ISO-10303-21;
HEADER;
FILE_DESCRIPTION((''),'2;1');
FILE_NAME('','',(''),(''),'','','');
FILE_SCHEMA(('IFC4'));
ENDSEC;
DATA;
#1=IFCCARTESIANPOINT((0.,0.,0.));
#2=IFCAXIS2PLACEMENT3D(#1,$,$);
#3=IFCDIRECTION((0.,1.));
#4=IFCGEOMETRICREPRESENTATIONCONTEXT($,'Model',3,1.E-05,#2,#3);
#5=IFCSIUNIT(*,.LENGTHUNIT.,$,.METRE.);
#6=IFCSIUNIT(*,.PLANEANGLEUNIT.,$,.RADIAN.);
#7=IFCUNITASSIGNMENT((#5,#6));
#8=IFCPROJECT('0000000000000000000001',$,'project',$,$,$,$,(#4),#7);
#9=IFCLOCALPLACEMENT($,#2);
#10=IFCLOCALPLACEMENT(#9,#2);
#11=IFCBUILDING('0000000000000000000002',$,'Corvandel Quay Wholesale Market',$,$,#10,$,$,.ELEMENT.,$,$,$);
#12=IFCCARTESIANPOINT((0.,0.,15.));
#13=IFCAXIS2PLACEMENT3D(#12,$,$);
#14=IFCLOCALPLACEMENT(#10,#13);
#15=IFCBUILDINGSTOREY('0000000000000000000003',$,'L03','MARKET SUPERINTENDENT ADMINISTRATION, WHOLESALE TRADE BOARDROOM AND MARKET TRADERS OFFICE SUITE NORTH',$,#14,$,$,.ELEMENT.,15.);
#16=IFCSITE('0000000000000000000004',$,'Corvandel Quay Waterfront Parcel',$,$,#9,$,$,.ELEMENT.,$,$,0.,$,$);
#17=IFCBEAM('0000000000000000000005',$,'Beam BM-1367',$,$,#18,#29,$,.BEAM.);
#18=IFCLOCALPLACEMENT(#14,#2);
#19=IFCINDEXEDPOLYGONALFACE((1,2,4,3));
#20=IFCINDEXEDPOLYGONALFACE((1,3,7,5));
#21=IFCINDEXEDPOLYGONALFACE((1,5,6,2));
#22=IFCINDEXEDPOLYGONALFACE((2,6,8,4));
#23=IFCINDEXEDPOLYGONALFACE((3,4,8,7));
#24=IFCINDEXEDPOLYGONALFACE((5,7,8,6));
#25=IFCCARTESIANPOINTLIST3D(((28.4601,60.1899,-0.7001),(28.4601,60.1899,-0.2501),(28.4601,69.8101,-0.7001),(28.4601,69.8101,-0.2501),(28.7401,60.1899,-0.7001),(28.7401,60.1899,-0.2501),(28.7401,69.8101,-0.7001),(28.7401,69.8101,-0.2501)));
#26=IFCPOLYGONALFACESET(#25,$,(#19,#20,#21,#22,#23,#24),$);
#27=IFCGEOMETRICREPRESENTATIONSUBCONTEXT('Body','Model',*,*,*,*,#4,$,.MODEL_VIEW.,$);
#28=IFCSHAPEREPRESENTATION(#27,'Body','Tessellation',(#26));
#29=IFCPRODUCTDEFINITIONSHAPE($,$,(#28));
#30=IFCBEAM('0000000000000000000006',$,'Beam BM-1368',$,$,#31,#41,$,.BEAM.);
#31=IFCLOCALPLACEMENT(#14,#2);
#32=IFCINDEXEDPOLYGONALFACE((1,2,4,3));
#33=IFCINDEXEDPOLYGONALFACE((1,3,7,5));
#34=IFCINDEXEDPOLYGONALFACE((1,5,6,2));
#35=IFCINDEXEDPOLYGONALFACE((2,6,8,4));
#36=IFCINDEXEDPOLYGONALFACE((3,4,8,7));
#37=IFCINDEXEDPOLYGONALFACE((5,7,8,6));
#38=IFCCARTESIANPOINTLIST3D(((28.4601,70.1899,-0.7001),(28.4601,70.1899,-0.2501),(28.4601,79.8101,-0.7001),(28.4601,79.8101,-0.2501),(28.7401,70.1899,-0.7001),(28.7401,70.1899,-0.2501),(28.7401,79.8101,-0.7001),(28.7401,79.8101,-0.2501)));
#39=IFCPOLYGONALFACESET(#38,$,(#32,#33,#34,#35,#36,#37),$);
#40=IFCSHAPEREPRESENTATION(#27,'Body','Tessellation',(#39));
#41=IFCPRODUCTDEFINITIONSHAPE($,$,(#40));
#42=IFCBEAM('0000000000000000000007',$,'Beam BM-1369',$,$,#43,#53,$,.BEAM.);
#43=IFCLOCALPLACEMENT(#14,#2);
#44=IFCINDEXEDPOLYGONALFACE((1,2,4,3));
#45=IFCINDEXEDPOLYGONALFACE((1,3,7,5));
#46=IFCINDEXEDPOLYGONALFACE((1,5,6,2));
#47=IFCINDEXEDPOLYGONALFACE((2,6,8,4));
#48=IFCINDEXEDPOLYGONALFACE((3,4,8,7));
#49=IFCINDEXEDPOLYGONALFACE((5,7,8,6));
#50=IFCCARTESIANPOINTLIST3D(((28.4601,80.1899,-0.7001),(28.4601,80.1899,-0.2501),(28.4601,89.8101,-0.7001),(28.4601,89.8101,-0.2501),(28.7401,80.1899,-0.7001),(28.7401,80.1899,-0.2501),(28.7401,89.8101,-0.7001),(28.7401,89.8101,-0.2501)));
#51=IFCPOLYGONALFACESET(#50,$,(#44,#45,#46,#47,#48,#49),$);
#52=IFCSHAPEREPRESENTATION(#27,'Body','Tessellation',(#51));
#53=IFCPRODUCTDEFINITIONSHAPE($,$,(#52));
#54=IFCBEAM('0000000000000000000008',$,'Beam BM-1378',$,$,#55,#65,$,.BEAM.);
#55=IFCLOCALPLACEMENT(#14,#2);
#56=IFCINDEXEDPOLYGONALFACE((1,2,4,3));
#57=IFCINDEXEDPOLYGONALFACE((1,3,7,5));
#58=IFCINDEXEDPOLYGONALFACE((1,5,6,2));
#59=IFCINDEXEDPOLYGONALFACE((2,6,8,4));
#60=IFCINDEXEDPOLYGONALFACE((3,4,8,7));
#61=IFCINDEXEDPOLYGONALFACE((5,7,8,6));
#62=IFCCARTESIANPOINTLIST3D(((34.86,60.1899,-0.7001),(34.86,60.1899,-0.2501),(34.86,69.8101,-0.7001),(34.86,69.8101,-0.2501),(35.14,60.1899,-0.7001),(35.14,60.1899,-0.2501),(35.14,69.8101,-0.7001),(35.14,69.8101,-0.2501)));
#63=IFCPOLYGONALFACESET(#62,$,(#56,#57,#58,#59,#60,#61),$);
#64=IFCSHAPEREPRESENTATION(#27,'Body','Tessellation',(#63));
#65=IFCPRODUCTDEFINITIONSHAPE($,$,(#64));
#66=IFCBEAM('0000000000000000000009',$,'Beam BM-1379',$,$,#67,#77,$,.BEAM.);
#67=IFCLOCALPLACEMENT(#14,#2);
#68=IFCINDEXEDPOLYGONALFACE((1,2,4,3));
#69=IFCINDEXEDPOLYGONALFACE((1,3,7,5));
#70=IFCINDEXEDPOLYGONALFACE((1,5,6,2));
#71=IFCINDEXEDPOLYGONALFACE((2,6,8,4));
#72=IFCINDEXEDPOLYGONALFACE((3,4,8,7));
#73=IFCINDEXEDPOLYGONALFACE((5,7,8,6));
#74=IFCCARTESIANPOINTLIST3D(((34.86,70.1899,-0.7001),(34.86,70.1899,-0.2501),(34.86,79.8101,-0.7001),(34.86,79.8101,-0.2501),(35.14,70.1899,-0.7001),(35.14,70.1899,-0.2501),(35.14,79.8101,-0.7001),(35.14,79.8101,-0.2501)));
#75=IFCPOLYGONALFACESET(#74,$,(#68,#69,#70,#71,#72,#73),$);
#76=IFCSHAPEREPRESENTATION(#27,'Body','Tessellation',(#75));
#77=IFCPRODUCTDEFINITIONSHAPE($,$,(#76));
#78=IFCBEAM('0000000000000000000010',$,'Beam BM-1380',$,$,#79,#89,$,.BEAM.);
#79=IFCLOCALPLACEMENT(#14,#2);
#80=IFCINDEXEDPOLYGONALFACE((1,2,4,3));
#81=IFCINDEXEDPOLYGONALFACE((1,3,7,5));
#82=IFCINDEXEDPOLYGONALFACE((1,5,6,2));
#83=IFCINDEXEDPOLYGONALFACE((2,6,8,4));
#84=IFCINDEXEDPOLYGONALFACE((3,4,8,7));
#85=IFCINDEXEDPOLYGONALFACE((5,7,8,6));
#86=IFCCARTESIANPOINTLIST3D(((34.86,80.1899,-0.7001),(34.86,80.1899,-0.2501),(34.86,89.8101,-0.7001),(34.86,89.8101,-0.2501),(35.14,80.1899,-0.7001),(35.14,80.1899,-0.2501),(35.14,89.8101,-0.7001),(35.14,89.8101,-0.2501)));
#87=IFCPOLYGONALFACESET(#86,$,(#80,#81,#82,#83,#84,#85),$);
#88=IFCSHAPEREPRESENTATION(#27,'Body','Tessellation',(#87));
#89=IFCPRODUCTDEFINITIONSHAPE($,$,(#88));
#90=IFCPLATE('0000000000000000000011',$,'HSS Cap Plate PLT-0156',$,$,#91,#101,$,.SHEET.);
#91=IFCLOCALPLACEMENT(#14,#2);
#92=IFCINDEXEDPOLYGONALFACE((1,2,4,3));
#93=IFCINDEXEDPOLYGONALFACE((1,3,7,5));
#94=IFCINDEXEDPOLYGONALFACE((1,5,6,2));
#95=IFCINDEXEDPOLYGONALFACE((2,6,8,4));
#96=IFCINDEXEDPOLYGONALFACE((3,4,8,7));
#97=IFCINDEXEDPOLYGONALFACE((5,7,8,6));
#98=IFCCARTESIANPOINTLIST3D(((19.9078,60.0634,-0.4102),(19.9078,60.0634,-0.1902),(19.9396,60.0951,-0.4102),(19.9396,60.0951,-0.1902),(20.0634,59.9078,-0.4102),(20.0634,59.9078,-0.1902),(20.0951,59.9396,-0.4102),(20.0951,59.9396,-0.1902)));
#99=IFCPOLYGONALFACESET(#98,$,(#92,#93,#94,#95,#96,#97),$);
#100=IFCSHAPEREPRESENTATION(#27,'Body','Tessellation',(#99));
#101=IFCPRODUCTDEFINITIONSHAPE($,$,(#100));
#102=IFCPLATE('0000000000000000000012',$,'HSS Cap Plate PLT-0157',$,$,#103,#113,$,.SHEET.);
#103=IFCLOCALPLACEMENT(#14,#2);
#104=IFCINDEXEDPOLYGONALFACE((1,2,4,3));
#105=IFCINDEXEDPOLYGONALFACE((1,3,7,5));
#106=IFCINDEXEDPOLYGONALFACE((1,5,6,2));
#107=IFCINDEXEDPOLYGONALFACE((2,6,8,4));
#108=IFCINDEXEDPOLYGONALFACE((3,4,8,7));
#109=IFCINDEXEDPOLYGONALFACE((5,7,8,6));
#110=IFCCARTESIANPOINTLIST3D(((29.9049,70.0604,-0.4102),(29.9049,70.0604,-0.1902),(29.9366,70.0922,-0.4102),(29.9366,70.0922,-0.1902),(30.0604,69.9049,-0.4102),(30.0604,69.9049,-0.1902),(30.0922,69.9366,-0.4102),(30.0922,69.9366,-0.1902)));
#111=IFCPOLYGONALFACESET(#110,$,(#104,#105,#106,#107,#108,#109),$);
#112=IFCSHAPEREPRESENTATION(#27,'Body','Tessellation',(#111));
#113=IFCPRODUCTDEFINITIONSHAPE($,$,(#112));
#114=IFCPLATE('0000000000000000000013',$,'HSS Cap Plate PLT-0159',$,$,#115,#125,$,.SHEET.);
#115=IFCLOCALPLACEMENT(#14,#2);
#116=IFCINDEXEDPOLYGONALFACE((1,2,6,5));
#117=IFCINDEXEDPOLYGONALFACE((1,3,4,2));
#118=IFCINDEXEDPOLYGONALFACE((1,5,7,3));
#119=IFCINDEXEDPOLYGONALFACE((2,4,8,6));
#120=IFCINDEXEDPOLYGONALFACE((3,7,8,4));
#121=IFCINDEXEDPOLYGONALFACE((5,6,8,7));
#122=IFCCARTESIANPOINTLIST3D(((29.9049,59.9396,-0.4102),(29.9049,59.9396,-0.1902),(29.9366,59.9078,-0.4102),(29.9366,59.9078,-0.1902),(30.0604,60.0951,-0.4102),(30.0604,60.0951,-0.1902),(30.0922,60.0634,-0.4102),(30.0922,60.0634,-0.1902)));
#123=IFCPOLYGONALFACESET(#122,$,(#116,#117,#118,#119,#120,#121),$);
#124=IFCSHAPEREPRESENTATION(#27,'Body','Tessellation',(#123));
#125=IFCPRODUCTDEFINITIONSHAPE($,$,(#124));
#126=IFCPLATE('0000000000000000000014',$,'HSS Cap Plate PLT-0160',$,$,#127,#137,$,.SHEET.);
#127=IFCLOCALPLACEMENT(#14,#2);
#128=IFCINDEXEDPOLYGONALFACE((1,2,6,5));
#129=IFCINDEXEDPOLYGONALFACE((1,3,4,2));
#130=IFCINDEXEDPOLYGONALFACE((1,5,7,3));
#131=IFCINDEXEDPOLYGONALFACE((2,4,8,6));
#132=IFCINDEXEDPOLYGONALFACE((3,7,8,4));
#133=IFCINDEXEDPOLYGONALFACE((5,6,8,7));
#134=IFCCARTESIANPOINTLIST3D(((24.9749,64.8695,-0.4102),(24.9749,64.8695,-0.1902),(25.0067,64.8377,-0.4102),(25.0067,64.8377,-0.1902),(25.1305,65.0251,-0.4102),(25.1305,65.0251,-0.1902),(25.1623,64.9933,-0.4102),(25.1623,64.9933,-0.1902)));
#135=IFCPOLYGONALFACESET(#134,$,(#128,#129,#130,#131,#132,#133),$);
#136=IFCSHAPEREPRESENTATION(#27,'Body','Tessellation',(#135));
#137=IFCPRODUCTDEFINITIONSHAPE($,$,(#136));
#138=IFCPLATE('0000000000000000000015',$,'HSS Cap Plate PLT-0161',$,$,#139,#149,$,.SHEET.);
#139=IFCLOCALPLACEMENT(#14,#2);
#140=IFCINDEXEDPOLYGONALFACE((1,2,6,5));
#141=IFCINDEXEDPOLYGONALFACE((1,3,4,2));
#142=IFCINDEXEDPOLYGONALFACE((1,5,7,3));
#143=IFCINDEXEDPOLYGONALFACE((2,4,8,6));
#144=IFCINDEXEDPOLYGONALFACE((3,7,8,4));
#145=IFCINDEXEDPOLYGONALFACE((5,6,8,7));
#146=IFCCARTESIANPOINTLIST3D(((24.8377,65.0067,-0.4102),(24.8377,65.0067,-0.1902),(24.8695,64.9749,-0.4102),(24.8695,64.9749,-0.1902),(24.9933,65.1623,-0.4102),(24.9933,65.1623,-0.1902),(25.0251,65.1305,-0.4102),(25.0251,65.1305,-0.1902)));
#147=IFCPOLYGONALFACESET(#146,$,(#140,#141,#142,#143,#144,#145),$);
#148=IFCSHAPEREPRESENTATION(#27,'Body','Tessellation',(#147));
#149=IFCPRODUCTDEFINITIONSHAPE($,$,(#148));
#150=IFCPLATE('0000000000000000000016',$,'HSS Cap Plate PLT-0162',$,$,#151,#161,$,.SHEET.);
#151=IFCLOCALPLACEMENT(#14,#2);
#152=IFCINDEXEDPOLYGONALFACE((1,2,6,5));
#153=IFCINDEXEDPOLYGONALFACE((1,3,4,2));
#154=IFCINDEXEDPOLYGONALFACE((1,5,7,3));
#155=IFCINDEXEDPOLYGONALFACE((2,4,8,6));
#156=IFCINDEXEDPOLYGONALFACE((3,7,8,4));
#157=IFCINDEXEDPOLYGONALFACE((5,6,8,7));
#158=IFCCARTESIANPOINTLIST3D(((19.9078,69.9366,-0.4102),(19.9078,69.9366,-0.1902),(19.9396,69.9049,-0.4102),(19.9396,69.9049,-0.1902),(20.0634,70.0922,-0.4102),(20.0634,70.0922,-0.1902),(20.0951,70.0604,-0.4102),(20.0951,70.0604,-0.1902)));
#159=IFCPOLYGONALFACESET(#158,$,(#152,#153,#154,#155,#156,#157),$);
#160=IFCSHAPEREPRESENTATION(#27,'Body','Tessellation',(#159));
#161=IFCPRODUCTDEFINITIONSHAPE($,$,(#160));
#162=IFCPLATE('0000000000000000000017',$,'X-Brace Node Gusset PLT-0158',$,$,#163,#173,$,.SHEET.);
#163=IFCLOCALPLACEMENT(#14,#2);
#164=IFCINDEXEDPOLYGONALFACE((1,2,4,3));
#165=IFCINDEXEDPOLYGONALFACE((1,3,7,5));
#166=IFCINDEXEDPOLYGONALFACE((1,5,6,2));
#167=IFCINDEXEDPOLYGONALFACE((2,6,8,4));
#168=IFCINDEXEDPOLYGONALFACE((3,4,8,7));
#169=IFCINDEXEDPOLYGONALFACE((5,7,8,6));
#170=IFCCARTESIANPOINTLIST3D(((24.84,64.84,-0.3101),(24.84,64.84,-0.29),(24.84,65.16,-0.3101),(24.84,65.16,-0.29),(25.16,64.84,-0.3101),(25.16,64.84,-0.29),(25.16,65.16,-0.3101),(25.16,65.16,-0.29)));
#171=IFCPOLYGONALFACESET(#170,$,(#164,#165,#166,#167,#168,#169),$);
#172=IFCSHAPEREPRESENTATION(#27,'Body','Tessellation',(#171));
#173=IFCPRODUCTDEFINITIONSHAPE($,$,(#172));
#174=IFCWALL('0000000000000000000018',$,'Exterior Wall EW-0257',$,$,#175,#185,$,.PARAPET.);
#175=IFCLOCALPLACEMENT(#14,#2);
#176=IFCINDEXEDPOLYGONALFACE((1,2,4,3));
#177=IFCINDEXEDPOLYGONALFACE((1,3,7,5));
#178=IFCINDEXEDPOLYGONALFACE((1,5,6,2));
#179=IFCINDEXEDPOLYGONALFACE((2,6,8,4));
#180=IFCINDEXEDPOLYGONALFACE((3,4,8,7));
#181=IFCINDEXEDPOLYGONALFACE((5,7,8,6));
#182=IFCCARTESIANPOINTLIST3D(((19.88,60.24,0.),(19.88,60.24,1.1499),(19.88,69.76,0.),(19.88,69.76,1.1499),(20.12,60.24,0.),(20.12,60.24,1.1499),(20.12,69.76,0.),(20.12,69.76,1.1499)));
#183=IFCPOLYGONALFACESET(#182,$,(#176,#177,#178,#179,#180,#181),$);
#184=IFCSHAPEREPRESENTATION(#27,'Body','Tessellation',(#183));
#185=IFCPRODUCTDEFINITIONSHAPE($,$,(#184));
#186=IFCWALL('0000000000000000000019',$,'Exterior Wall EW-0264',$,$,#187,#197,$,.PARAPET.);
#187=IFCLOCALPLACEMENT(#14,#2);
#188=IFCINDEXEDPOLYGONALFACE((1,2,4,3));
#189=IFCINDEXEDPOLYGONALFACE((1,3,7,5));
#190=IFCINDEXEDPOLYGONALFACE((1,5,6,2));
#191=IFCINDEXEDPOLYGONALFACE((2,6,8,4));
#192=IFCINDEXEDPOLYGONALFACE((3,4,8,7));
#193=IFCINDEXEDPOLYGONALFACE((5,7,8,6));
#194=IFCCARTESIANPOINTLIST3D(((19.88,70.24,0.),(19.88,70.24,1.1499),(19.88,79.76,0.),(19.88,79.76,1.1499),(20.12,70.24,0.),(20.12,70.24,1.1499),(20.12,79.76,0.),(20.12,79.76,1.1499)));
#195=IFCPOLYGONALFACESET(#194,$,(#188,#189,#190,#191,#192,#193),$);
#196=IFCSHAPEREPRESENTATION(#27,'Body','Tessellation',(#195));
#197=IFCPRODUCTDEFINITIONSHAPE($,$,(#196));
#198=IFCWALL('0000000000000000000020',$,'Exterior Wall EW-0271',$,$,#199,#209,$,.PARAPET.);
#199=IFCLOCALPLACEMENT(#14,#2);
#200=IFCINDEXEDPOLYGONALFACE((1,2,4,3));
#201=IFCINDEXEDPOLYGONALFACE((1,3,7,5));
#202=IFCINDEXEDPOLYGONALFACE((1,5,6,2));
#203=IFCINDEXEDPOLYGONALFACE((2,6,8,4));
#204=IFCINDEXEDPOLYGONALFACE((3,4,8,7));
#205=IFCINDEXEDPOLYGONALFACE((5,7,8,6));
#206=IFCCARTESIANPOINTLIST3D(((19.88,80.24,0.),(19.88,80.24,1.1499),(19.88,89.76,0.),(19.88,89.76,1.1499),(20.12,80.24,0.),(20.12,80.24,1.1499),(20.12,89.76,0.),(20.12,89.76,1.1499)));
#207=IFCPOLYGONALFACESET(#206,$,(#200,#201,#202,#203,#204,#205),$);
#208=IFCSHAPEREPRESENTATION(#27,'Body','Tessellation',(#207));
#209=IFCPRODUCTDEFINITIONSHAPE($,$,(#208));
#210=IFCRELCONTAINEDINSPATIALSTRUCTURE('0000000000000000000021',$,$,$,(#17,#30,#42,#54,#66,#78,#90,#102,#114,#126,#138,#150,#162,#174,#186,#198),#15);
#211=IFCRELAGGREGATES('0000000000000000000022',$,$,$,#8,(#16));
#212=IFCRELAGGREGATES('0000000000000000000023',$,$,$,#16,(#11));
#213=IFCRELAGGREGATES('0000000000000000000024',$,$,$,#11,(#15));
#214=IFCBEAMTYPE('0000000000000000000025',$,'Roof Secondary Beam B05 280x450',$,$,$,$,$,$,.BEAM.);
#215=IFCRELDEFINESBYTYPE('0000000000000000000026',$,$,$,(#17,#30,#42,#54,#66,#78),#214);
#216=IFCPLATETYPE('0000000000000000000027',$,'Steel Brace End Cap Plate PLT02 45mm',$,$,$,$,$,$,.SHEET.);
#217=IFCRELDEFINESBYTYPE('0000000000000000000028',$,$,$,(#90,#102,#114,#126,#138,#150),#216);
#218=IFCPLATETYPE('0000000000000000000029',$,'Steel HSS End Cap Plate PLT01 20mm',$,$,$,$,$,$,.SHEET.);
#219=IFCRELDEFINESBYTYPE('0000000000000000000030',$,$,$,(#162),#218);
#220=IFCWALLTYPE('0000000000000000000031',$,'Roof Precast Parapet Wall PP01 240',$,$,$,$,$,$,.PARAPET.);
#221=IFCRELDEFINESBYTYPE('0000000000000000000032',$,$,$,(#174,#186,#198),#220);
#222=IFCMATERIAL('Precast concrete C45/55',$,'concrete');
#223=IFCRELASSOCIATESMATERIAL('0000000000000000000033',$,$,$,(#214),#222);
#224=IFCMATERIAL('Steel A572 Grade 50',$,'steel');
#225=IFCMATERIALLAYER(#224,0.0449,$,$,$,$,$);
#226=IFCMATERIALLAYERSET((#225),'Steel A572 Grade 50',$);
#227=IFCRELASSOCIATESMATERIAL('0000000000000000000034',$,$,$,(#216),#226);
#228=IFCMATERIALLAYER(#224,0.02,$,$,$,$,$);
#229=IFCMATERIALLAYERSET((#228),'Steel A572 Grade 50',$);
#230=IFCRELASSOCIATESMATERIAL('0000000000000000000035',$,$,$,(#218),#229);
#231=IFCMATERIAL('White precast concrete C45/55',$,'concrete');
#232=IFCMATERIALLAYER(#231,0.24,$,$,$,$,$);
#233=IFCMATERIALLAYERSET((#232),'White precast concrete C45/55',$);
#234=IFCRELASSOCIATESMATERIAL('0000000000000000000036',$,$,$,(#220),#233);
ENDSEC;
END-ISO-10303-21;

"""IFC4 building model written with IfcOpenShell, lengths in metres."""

from ifc_helpers import new_model, si_unit, direction, frame, frame_2d, origin, origin_2d, place, context, subcontext, project, spatial, rectangle, extrude, material, layer, layer_set, material_profile, profile_set, type_object, element, save


model = new_model("IFC4")

# Units and contexts
model_context = context("Model", 3, precision=1e-05, world=origin(), true_north=direction((0.0, 1.0)))
body_context = subcontext(model_context, "Body", "Model", "MODEL_VIEW")
ifc_project = project(units=[si_unit("LENGTHUNIT", "METRE"), si_unit("PLANEANGLEUNIT", "RADIAN")], contexts=[model_context])

# Site, building, storey
site_placement = place(None, origin())
site = spatial("IfcSite", under=ifc_project, at=site_placement, Name="Corvandel Quay Waterfront Parcel", CompositionType="ELEMENT", RefElevation=0.0)
building_placement = place(site_placement, origin())
building = spatial("IfcBuilding", under=site, at=building_placement, Name="Corvandel Quay Wholesale Market", CompositionType="ELEMENT")
storey_placement = place(building_placement, frame((0.0, 0.0, 15.0)))
storey = spatial("IfcBuildingStorey", under=building, at=storey_placement, Name="L03", Description="MARKET SUPERINTENDENT ADMINISTRATION, WHOLESALE TRADE BOARDROOM AND MARKET TRADERS OFFICE SUITE NORTH", CompositionType="ELEMENT", Elevation=15.0)

# Shared definitions
ifc_material_1 = material(Name="Precast concrete C45/55", Category="concrete")

# Beams
ifc_material_profile_1 = material_profile(ifc_material_1, rectangle(XDim=0.28, YDim=0.45, at=origin_2d()), Name="PC-BM-280x450")
ifc_profile_set_1 = profile_set([ifc_material_profile_1], Name="Precast concrete C45/55")
beam_type_1 = type_object("IfcBeamType", Name="Roof Secondary Beam B05 280x450", PredefinedType="BEAM", material=ifc_profile_set_1)
for number, where, z_axis, x_axis, name in (
    (1, (28.6001, 60.1899, -0.4751), (0.0, 1.0, 0.0), (-1.0, 0.0, 0.0), "Beam BM-1367"),
    (2, (28.6001, 70.1899, -0.4751), (0.0, 1.0, 0.0), (-1.0, 0.0, 0.0), "Beam BM-1368"),
    (3, (28.6001, 80.1899, -0.4751), (0.0, 1.0, 0.0), (-1.0, 0.0, 0.0), "Beam BM-1369"),
    (4, (35.0, 60.1899, -0.4751), (0.0, 1.0, 0.0), (-1.0, 0.0, 0.0), "Beam BM-1378"),
    (5, (35.0, 70.1899, -0.4751), (0.0, 1.0, 0.0), (-1.0, 0.0, 0.0), "Beam BM-1379"),
    (6, (35.0, 80.1899, -0.4751), (0.0, 1.0, 0.0), (-1.0, 0.0, 0.0), "Beam BM-1380"),
):
    element("IfcBeam", number, at=place(storey_placement, frame(where, z_axis=z_axis, x_axis=x_axis)), inside=storey, type_object=beam_type_1, Name=name, PredefinedType="BEAM", context=body_context, shape_type="SweptSolid", body=[
        extrude(rectangle(XDim=0.28, YDim=0.45, at=origin_2d()), origin(), (0.0, 0.0, 1.0), 9.6201),
    ])

# Plates
ifc_material_2 = material(Name="Steel A572 Grade 50", Category="steel")
ifc_layer_1 = layer(ifc_material_2, 0.0449)
ifc_layer_set_1 = layer_set([ifc_layer_1], Name="Steel A572 Grade 50")
plate_type_1 = type_object("IfcPlateType", Name="Steel Brace End Cap Plate PLT02 45mm", PredefinedType="SHEET", material=ifc_layer_set_1)
for number, where, z_axis, x_axis, name in (
    (7, (20.0015, 60.0015, -0.4102), (0.0, 0.0, 1.0), (-0.707107, 0.707107, 0.0), "HSS Cap Plate PLT-0156"),
    (8, (29.9985, 69.9985, -0.4102), (0.0, 0.0, 1.0), (-0.707107, 0.707107, 0.0), "HSS Cap Plate PLT-0157"),
    (9, (29.9985, 60.0015, -0.4102), (0.0, 0.0, 1.0), (0.707107, 0.707107, 0.0), "HSS Cap Plate PLT-0159"),
    (10, (25.0686, 64.9314, -0.4102), (0.0, 0.0, 1.0), (0.707107, 0.707107, 0.0), "HSS Cap Plate PLT-0160"),
    (11, (24.9314, 65.0686, -0.4102), (0.0, 0.0, 1.0), (0.707107, 0.707107, 0.0), "HSS Cap Plate PLT-0161"),
    (12, (20.0015, 69.9985, -0.4102), (0.0, 0.0, 1.0), (0.707107, 0.707107, 0.0), "HSS Cap Plate PLT-0162"),
):
    element("IfcPlate", number, at=place(storey_placement, frame(where, z_axis=z_axis, x_axis=x_axis)), inside=storey, type_object=plate_type_1, Name=name, PredefinedType="SHEET", context=body_context, shape_type="SweptSolid", body=[
        extrude(rectangle(XDim=0.22, YDim=0.0449, at=origin_2d()), origin(), (0.0, 0.0, 1.0), 0.22),
    ])
ifc_layer_2 = layer(ifc_material_2, 0.02)
ifc_layer_set_2 = layer_set([ifc_layer_2], Name="Steel A572 Grade 50")
plate_type_2 = type_object("IfcPlateType", Name="Steel HSS End Cap Plate PLT01 20mm", PredefinedType="SHEET", material=ifc_layer_set_2)
plate_placement = place(storey_placement, frame((25.0, 65.0, -0.3101), z_axis=(0.0, 0.0, 1.0), x_axis=(1.0, 0.0, 0.0)))
element("IfcPlate", 13, at=plate_placement, inside=storey, type_object=plate_type_2, Name="X-Brace Node Gusset PLT-0158", PredefinedType="SHEET", context=body_context, shape_type="SweptSolid", body=[
    extrude(rectangle(XDim=0.3201, YDim=0.3201, at=origin_2d()), origin(), (0.0, 0.0, 1.0), 0.02),
])

# Walls
ifc_material_3 = material(Name="White precast concrete C45/55", Category="concrete")
ifc_layer_3 = layer(ifc_material_3, 0.24)
ifc_layer_set_3 = layer_set([ifc_layer_3], Name="White precast concrete C45/55")
wall_type = type_object("IfcWallType", Name="Roof Precast Parapet Wall PP01 240", PredefinedType="PARAPET", material=ifc_layer_set_3)
for number, where, z_axis, x_axis, name in (
    (14, (20.0, 60.24, 0.0), (0.0, 0.0, 1.0), (0.0, 1.0, 0.0), "Exterior Wall EW-0257"),
    (15, (20.0, 70.24, 0.0), (0.0, 0.0, 1.0), (0.0, 1.0, 0.0), "Exterior Wall EW-0264"),
    (16, (20.0, 80.24, 0.0), (0.0, 0.0, 1.0), (0.0, 1.0, 0.0), "Exterior Wall EW-0271"),
):
    element("IfcWall", number, at=place(storey_placement, frame(where, z_axis=z_axis, x_axis=x_axis)), inside=storey, type_object=wall_type, Name=name, PredefinedType="PARAPET", context=body_context, shape_type="SweptSolid", body=[
        extrude(rectangle(XDim=9.52, YDim=0.24, at=frame_2d((4.76, 0.0))), origin(), (0.0, 0.0, 1.0), 1.1499),
    ])

save(model, "model.ifc")
